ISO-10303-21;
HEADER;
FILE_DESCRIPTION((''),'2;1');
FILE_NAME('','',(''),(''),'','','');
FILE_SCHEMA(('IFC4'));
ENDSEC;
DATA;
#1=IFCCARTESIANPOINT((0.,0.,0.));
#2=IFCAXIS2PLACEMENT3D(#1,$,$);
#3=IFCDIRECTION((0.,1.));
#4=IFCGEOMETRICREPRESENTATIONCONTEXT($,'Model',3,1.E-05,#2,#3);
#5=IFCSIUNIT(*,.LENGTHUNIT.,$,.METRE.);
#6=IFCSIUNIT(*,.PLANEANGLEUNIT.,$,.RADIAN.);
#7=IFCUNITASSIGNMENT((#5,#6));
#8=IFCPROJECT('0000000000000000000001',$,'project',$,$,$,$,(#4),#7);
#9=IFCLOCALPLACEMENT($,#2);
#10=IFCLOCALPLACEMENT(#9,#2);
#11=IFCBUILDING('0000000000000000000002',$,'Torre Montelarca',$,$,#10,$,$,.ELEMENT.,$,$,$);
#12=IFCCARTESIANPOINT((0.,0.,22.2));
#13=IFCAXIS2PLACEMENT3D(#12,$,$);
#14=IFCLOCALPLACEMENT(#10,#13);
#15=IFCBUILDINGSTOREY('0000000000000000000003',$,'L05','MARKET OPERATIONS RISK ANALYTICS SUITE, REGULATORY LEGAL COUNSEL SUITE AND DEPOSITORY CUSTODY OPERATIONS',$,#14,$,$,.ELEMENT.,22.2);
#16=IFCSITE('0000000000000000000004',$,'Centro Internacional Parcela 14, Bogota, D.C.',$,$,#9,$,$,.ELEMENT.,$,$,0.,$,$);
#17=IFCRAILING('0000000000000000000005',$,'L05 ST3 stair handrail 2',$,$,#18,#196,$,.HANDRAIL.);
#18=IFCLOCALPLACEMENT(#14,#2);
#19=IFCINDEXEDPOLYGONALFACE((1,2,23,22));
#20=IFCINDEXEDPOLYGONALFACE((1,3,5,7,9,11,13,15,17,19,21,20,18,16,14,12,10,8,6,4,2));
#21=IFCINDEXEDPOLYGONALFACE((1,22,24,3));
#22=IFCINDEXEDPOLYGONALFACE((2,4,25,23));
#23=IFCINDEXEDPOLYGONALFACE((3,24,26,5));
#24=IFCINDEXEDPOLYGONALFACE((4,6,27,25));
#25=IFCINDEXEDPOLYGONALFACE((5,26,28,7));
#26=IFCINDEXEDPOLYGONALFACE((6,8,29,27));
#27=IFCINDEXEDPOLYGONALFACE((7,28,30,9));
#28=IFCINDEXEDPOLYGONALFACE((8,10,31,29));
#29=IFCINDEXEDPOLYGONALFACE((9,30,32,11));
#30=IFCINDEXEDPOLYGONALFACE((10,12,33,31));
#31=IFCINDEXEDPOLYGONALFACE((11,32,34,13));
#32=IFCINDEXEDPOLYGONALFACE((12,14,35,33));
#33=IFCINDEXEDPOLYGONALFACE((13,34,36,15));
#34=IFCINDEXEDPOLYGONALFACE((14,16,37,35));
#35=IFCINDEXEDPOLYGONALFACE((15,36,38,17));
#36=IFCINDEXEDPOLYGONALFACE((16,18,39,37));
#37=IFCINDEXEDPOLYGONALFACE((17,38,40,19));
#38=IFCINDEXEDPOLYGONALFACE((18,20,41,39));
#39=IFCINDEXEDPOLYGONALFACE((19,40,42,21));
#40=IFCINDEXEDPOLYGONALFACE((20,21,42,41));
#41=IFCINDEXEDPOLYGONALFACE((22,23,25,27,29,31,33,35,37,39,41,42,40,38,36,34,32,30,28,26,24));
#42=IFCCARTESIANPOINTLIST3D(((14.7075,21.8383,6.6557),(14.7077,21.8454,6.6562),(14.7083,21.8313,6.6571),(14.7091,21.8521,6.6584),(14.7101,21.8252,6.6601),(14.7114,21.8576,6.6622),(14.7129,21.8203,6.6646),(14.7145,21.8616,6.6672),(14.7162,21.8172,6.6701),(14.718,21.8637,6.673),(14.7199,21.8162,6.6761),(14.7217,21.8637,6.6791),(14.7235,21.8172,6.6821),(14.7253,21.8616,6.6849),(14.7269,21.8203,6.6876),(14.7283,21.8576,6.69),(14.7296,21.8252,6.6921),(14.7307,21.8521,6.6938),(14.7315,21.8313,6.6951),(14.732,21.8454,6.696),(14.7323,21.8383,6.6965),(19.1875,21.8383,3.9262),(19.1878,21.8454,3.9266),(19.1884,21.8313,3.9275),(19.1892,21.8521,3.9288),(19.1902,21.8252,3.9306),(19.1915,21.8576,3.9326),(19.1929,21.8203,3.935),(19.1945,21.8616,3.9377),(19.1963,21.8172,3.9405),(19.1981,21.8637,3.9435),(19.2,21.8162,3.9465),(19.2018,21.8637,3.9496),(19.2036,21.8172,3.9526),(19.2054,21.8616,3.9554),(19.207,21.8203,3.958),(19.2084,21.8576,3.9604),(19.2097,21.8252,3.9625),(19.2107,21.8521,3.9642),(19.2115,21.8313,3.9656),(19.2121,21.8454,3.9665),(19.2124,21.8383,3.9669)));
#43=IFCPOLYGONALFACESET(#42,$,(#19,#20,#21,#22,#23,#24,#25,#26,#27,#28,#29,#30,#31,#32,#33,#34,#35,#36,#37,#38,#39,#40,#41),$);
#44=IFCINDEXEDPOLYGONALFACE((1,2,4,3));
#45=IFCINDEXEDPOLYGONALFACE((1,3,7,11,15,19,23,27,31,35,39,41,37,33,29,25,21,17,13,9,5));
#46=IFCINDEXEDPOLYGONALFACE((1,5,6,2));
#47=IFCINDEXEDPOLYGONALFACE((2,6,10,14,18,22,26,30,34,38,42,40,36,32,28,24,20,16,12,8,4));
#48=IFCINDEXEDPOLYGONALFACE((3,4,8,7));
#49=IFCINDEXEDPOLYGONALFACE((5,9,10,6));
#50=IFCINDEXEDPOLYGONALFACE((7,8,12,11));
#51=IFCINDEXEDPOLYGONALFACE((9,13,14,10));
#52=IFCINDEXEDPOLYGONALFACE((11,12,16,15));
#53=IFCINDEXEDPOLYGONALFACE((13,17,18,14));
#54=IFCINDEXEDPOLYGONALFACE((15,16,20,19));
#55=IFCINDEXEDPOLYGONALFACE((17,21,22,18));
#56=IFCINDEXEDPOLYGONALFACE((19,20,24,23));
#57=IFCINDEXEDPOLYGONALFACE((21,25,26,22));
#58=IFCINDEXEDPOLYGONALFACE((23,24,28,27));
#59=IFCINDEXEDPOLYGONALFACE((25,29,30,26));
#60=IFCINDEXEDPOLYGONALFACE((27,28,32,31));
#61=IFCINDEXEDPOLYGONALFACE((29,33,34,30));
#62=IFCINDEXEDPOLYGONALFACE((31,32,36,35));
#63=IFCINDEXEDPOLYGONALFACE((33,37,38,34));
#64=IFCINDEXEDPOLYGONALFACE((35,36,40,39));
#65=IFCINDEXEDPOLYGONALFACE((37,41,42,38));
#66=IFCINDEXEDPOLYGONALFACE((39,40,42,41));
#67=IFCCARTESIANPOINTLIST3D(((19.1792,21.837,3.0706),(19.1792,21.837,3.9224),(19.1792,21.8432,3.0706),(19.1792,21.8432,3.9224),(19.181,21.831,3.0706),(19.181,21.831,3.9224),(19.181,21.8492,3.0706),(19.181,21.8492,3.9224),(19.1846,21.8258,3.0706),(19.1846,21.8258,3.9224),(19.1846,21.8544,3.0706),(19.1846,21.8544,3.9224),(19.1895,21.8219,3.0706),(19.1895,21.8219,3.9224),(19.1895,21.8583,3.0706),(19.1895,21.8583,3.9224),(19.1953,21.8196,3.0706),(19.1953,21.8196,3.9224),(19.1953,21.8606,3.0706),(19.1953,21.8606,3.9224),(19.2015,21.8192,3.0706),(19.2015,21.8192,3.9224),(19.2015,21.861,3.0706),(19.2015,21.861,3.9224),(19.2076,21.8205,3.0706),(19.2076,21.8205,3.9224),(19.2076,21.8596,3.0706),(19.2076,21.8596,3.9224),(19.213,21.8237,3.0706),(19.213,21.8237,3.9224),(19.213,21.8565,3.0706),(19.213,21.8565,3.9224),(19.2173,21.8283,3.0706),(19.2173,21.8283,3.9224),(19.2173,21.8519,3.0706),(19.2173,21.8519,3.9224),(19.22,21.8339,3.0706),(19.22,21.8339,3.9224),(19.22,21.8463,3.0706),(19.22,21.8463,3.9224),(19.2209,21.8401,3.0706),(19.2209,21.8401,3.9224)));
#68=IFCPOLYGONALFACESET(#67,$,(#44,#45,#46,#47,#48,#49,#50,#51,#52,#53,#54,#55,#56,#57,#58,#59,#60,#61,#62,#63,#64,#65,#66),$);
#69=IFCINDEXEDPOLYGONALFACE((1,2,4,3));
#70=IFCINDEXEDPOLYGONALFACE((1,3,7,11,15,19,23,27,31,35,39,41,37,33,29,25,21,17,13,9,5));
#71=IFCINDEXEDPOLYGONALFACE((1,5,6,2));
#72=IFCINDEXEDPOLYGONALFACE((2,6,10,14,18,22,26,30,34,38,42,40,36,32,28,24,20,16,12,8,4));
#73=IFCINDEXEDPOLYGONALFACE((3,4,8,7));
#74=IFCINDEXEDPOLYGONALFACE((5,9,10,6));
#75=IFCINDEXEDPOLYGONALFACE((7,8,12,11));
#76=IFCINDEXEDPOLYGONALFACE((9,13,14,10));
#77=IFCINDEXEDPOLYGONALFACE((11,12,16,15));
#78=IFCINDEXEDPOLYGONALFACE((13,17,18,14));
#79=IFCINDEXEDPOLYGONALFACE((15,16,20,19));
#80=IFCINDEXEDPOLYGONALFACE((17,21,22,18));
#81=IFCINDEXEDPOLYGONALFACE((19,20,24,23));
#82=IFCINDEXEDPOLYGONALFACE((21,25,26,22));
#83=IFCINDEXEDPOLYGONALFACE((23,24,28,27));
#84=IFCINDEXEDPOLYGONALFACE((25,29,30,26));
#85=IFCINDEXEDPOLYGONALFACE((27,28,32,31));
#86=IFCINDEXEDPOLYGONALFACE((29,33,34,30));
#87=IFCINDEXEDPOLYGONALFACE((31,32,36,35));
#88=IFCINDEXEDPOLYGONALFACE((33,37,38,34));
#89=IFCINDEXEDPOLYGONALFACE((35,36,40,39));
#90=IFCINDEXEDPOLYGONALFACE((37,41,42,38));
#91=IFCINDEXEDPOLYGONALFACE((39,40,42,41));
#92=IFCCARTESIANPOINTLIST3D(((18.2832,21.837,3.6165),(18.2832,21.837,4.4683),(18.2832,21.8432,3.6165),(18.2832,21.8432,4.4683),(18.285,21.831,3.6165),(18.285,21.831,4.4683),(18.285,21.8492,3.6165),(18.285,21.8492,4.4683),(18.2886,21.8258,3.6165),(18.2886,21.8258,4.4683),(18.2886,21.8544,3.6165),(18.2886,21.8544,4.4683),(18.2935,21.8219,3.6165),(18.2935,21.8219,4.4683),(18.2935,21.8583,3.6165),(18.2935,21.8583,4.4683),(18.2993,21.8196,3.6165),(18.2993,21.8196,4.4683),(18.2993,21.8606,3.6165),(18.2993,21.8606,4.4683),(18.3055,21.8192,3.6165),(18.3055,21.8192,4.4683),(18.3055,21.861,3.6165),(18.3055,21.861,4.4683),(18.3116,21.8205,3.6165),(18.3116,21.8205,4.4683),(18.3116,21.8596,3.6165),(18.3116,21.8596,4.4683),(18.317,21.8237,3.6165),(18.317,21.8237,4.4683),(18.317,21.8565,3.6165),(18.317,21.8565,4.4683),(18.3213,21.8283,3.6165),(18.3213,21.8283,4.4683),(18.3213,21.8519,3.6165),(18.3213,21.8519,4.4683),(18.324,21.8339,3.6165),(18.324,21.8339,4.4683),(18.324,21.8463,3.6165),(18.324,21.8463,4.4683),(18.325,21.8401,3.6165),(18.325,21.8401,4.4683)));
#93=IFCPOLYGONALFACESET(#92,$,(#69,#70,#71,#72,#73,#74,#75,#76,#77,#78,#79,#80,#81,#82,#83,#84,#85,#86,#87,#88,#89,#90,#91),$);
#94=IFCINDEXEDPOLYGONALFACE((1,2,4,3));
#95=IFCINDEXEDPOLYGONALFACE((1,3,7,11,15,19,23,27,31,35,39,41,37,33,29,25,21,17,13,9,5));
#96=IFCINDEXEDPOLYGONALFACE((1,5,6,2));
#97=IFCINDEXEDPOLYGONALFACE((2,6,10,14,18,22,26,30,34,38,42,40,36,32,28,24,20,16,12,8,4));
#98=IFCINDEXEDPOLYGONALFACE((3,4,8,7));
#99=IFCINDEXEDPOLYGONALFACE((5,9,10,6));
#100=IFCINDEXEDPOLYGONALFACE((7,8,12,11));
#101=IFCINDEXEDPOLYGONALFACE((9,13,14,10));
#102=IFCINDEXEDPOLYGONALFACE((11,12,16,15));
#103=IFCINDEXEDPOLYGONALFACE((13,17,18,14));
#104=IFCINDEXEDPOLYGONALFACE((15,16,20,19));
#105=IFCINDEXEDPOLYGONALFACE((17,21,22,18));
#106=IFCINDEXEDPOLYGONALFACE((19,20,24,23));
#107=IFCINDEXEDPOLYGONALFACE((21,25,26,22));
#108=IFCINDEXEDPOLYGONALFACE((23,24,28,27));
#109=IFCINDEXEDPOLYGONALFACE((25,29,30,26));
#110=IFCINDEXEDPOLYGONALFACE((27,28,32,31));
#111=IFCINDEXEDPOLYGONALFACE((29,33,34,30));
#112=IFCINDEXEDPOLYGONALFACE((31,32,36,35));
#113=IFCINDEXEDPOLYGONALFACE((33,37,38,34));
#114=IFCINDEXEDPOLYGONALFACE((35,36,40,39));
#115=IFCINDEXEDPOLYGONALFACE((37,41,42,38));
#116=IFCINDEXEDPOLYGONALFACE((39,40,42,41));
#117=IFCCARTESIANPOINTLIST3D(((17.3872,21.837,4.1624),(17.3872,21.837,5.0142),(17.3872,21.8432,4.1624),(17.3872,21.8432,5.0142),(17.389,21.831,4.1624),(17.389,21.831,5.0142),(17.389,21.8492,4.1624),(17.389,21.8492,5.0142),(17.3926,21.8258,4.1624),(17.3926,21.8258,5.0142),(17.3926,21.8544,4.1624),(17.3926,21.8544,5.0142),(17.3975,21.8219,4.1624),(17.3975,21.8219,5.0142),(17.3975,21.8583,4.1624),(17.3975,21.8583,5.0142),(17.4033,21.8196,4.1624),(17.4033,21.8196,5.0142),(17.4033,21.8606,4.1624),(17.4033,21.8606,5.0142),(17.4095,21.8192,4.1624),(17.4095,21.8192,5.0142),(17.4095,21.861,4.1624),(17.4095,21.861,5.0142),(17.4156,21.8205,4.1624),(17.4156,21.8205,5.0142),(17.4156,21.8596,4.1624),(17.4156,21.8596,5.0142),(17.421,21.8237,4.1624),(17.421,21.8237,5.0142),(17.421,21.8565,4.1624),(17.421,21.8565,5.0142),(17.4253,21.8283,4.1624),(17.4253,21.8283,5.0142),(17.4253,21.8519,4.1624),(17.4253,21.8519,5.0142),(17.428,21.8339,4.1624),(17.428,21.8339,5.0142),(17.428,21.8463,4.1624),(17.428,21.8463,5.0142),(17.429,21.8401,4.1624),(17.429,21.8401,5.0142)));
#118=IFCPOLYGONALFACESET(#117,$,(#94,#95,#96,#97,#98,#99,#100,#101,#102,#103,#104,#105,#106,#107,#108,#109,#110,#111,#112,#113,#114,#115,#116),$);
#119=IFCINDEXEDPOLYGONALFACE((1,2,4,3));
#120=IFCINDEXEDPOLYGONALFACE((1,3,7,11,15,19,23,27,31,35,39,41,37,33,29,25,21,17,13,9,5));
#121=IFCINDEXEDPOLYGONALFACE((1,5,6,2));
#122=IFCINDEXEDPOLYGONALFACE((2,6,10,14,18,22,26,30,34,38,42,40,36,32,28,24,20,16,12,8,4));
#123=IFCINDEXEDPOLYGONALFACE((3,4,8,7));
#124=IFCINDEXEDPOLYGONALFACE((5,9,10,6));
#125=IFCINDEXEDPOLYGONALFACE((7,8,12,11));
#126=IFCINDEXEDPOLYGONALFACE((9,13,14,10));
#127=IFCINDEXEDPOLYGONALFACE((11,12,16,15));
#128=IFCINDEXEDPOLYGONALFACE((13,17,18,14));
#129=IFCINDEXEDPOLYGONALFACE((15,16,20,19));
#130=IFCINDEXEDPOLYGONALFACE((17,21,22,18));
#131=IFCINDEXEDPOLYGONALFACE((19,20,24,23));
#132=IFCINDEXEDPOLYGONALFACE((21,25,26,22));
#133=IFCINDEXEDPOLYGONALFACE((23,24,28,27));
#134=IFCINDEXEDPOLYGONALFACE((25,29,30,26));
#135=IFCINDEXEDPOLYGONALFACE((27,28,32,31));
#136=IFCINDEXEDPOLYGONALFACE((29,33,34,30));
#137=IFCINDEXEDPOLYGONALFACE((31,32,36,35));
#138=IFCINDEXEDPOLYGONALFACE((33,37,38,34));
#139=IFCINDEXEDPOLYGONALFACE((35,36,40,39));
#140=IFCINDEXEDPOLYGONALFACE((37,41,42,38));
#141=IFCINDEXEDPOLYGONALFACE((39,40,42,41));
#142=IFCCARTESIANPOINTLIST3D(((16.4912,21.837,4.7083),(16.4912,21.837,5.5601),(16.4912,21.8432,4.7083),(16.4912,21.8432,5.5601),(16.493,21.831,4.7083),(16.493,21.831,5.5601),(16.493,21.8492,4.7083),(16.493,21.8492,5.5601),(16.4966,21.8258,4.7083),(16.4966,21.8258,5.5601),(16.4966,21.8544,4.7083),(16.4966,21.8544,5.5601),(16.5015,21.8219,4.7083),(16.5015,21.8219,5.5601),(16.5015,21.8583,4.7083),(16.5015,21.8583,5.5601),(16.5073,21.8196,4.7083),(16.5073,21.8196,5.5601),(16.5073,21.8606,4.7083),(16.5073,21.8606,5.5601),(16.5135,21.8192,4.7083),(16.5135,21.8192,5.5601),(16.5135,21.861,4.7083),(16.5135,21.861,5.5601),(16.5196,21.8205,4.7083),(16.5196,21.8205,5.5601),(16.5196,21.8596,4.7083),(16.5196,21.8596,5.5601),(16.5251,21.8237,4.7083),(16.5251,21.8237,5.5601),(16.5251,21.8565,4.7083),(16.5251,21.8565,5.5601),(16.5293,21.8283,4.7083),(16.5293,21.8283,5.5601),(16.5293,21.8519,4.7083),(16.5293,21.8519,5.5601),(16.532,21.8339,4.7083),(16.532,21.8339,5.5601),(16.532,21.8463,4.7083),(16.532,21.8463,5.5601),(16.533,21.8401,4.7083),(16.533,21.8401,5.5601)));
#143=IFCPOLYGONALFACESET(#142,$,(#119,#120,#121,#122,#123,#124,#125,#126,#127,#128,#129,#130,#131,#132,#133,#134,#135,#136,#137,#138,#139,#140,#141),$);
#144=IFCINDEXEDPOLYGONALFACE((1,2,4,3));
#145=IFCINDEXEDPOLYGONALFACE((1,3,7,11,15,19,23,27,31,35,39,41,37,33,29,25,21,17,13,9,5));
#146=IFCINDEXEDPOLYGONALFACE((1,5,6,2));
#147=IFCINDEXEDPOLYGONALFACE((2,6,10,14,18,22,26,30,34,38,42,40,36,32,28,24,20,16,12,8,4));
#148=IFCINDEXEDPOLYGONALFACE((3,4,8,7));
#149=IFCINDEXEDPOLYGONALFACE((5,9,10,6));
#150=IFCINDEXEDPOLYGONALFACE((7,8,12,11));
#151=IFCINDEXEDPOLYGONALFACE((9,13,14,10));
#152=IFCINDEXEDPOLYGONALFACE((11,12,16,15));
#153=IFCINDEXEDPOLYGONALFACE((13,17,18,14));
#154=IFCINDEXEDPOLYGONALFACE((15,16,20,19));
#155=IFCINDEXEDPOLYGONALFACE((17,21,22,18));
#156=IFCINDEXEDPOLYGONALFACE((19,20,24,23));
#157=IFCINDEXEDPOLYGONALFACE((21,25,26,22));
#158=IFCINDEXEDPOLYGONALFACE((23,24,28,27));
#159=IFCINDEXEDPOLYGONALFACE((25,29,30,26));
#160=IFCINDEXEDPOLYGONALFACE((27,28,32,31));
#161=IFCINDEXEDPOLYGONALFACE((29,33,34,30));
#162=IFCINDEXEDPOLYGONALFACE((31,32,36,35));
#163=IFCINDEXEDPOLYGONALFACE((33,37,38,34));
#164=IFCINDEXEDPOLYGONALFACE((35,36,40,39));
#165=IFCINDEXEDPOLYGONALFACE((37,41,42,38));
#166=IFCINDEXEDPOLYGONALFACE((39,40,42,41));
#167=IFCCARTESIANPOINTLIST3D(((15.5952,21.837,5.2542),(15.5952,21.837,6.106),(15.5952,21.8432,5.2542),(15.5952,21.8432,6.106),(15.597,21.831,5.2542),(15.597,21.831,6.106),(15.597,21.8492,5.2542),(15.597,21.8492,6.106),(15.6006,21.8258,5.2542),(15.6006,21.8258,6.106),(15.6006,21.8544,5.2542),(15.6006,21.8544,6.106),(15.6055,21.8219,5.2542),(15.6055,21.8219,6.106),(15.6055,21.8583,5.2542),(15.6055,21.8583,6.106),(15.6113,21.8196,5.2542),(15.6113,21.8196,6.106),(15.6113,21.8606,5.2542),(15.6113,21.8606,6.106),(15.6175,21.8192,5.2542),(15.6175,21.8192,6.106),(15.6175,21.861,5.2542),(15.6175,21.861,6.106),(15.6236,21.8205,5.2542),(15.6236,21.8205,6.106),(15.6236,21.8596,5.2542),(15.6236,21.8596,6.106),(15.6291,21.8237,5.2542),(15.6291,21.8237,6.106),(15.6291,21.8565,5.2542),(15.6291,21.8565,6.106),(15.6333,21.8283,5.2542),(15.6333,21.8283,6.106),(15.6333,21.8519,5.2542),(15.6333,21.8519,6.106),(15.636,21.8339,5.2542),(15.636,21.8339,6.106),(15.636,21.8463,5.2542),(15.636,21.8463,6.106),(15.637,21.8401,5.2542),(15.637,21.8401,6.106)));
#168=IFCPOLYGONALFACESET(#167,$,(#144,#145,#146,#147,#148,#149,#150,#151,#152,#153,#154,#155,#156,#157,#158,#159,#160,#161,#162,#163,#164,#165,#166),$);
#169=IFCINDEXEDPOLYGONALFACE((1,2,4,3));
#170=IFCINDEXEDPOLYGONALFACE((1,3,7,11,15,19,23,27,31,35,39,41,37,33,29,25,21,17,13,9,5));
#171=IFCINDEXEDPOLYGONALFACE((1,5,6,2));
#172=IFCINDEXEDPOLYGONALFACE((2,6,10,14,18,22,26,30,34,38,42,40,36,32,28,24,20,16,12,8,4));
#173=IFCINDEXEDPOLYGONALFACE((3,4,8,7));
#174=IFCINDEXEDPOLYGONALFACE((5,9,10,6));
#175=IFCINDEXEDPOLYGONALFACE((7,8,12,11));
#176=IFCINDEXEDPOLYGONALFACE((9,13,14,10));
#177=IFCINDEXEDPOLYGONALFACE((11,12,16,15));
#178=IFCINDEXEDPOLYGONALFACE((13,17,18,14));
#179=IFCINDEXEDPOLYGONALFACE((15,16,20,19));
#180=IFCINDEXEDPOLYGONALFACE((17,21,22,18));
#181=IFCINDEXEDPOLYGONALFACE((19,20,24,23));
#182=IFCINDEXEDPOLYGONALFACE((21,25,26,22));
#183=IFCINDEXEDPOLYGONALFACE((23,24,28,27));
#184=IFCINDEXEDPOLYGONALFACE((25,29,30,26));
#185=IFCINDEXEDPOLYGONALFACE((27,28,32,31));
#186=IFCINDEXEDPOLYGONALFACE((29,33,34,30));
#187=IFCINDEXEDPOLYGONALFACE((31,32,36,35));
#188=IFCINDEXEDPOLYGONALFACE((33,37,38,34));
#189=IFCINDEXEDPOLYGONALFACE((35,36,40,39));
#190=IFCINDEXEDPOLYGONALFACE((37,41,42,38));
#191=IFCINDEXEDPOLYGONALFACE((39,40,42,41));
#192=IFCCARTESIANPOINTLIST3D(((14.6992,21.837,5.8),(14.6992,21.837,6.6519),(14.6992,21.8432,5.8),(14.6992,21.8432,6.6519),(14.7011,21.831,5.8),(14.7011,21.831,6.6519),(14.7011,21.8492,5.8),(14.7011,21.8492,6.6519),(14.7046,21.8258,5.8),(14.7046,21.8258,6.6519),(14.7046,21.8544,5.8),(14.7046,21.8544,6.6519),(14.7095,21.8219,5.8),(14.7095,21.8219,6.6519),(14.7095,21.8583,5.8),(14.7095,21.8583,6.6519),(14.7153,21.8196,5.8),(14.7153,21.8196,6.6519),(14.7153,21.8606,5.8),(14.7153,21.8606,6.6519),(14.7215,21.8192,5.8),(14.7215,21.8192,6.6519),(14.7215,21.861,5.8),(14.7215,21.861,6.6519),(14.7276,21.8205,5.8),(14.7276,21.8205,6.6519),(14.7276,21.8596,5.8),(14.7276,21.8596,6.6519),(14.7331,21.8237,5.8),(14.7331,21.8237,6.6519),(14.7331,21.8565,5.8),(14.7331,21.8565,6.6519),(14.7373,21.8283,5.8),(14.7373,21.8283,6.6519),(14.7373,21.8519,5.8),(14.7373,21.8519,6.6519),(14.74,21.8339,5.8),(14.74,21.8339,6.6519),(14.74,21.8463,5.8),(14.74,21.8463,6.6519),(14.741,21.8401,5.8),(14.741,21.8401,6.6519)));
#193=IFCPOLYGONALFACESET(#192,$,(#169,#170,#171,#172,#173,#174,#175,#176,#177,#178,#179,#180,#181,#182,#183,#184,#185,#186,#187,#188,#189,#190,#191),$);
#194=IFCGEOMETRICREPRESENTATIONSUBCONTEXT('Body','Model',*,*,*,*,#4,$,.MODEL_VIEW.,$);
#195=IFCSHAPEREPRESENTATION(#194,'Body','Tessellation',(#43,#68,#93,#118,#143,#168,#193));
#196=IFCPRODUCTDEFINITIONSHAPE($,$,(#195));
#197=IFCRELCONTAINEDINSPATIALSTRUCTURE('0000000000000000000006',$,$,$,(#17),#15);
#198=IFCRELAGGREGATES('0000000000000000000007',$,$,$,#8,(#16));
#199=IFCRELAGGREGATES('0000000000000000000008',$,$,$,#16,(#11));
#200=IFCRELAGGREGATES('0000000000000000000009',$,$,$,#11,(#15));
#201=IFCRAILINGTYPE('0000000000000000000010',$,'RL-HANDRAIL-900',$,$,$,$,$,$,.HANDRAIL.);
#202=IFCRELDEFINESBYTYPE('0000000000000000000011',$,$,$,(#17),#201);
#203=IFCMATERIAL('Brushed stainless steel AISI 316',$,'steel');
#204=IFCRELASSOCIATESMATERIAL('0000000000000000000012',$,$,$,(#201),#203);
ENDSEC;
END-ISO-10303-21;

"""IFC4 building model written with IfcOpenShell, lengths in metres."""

from ifc_helpers import new_model, si_unit, direction, frame, origin, origin_2d, place, context, subcontext, project, spatial, circle, extrude, material, type_object, element, save


model = new_model("IFC4")

# Units and contexts
model_context = context("Model", 3, precision=1e-05, world=origin(), true_north=direction((0.0, 1.0)))
body_context = subcontext(model_context, "Body", "Model", "MODEL_VIEW")
ifc_project = project(units=[si_unit("LENGTHUNIT", "METRE"), si_unit("PLANEANGLEUNIT", "RADIAN")], contexts=[model_context])

# Site, building, storey
site_placement = place(None, origin())
site = spatial("IfcSite", under=ifc_project, at=site_placement, Name="Centro Internacional Parcela 14, Bogota, D.C.", CompositionType="ELEMENT", RefElevation=0.0)
building_placement = place(site_placement, origin())
building = spatial("IfcBuilding", under=site, at=building_placement, Name="Torre Montelarca", CompositionType="ELEMENT")
storey_placement = place(building_placement, frame((0.0, 0.0, 22.2)))
storey = spatial("IfcBuildingStorey", under=building, at=storey_placement, Name="L05", Description="MARKET OPERATIONS RISK ANALYTICS SUITE, REGULATORY LEGAL COUNSEL SUITE AND DEPOSITORY CUSTODY OPERATIONS", CompositionType="ELEMENT", Elevation=22.2)

# Railing
ifc_material_1 = material(Name="Brushed stainless steel AISI 316", Category="steel")
railing_type_1 = type_object("IfcRailingType", Name="RL-HANDRAIL-900", PredefinedType="HANDRAIL", material=ifc_material_1)
railing_1_placement = place(storey_placement, frame((19.2, 21.8401, 3.0706)))
element("IfcRailing", 1, at=railing_1_placement, inside=storey, type_object=railing_type_1, Name="L05 ST3 stair handrail 2", PredefinedType="HANDRAIL", context=body_context, shape_type="SweptSolid", body=[
    extrude(circle(Radius=0.0239, at=origin_2d()), frame((0.0, 0.0, 0.876), z_axis=(-0.853983, 0.0, 0.520301), x_axis=(0.0, -1.0, 0.0)), (0.0, 0.0, 1.0), 5.2461),
    extrude(circle(Radius=0.021, at=origin_2d()), origin(), (0.0, 0.0, 1.0), 0.8518),
    extrude(circle(Radius=0.021, at=origin_2d()), frame((-0.896, 0.0, 0.5459)), (0.0, 0.0, 1.0), 0.8518),
    extrude(circle(Radius=0.021, at=origin_2d()), frame((-1.792, 0.0, 1.0918)), (0.0, 0.0, 1.0), 0.8518),
    extrude(circle(Radius=0.021, at=origin_2d()), frame((-2.688, 0.0, 1.6377)), (0.0, 0.0, 1.0), 0.8518),
    extrude(circle(Radius=0.021, at=origin_2d()), frame((-3.584, 0.0, 2.1836)), (0.0, 0.0, 1.0), 0.8518),
    extrude(circle(Radius=0.021, at=origin_2d()), frame((-4.48, 0.0, 2.7295)), (0.0, 0.0, 1.0), 0.8518),
])

save(model, "model.ifc")
